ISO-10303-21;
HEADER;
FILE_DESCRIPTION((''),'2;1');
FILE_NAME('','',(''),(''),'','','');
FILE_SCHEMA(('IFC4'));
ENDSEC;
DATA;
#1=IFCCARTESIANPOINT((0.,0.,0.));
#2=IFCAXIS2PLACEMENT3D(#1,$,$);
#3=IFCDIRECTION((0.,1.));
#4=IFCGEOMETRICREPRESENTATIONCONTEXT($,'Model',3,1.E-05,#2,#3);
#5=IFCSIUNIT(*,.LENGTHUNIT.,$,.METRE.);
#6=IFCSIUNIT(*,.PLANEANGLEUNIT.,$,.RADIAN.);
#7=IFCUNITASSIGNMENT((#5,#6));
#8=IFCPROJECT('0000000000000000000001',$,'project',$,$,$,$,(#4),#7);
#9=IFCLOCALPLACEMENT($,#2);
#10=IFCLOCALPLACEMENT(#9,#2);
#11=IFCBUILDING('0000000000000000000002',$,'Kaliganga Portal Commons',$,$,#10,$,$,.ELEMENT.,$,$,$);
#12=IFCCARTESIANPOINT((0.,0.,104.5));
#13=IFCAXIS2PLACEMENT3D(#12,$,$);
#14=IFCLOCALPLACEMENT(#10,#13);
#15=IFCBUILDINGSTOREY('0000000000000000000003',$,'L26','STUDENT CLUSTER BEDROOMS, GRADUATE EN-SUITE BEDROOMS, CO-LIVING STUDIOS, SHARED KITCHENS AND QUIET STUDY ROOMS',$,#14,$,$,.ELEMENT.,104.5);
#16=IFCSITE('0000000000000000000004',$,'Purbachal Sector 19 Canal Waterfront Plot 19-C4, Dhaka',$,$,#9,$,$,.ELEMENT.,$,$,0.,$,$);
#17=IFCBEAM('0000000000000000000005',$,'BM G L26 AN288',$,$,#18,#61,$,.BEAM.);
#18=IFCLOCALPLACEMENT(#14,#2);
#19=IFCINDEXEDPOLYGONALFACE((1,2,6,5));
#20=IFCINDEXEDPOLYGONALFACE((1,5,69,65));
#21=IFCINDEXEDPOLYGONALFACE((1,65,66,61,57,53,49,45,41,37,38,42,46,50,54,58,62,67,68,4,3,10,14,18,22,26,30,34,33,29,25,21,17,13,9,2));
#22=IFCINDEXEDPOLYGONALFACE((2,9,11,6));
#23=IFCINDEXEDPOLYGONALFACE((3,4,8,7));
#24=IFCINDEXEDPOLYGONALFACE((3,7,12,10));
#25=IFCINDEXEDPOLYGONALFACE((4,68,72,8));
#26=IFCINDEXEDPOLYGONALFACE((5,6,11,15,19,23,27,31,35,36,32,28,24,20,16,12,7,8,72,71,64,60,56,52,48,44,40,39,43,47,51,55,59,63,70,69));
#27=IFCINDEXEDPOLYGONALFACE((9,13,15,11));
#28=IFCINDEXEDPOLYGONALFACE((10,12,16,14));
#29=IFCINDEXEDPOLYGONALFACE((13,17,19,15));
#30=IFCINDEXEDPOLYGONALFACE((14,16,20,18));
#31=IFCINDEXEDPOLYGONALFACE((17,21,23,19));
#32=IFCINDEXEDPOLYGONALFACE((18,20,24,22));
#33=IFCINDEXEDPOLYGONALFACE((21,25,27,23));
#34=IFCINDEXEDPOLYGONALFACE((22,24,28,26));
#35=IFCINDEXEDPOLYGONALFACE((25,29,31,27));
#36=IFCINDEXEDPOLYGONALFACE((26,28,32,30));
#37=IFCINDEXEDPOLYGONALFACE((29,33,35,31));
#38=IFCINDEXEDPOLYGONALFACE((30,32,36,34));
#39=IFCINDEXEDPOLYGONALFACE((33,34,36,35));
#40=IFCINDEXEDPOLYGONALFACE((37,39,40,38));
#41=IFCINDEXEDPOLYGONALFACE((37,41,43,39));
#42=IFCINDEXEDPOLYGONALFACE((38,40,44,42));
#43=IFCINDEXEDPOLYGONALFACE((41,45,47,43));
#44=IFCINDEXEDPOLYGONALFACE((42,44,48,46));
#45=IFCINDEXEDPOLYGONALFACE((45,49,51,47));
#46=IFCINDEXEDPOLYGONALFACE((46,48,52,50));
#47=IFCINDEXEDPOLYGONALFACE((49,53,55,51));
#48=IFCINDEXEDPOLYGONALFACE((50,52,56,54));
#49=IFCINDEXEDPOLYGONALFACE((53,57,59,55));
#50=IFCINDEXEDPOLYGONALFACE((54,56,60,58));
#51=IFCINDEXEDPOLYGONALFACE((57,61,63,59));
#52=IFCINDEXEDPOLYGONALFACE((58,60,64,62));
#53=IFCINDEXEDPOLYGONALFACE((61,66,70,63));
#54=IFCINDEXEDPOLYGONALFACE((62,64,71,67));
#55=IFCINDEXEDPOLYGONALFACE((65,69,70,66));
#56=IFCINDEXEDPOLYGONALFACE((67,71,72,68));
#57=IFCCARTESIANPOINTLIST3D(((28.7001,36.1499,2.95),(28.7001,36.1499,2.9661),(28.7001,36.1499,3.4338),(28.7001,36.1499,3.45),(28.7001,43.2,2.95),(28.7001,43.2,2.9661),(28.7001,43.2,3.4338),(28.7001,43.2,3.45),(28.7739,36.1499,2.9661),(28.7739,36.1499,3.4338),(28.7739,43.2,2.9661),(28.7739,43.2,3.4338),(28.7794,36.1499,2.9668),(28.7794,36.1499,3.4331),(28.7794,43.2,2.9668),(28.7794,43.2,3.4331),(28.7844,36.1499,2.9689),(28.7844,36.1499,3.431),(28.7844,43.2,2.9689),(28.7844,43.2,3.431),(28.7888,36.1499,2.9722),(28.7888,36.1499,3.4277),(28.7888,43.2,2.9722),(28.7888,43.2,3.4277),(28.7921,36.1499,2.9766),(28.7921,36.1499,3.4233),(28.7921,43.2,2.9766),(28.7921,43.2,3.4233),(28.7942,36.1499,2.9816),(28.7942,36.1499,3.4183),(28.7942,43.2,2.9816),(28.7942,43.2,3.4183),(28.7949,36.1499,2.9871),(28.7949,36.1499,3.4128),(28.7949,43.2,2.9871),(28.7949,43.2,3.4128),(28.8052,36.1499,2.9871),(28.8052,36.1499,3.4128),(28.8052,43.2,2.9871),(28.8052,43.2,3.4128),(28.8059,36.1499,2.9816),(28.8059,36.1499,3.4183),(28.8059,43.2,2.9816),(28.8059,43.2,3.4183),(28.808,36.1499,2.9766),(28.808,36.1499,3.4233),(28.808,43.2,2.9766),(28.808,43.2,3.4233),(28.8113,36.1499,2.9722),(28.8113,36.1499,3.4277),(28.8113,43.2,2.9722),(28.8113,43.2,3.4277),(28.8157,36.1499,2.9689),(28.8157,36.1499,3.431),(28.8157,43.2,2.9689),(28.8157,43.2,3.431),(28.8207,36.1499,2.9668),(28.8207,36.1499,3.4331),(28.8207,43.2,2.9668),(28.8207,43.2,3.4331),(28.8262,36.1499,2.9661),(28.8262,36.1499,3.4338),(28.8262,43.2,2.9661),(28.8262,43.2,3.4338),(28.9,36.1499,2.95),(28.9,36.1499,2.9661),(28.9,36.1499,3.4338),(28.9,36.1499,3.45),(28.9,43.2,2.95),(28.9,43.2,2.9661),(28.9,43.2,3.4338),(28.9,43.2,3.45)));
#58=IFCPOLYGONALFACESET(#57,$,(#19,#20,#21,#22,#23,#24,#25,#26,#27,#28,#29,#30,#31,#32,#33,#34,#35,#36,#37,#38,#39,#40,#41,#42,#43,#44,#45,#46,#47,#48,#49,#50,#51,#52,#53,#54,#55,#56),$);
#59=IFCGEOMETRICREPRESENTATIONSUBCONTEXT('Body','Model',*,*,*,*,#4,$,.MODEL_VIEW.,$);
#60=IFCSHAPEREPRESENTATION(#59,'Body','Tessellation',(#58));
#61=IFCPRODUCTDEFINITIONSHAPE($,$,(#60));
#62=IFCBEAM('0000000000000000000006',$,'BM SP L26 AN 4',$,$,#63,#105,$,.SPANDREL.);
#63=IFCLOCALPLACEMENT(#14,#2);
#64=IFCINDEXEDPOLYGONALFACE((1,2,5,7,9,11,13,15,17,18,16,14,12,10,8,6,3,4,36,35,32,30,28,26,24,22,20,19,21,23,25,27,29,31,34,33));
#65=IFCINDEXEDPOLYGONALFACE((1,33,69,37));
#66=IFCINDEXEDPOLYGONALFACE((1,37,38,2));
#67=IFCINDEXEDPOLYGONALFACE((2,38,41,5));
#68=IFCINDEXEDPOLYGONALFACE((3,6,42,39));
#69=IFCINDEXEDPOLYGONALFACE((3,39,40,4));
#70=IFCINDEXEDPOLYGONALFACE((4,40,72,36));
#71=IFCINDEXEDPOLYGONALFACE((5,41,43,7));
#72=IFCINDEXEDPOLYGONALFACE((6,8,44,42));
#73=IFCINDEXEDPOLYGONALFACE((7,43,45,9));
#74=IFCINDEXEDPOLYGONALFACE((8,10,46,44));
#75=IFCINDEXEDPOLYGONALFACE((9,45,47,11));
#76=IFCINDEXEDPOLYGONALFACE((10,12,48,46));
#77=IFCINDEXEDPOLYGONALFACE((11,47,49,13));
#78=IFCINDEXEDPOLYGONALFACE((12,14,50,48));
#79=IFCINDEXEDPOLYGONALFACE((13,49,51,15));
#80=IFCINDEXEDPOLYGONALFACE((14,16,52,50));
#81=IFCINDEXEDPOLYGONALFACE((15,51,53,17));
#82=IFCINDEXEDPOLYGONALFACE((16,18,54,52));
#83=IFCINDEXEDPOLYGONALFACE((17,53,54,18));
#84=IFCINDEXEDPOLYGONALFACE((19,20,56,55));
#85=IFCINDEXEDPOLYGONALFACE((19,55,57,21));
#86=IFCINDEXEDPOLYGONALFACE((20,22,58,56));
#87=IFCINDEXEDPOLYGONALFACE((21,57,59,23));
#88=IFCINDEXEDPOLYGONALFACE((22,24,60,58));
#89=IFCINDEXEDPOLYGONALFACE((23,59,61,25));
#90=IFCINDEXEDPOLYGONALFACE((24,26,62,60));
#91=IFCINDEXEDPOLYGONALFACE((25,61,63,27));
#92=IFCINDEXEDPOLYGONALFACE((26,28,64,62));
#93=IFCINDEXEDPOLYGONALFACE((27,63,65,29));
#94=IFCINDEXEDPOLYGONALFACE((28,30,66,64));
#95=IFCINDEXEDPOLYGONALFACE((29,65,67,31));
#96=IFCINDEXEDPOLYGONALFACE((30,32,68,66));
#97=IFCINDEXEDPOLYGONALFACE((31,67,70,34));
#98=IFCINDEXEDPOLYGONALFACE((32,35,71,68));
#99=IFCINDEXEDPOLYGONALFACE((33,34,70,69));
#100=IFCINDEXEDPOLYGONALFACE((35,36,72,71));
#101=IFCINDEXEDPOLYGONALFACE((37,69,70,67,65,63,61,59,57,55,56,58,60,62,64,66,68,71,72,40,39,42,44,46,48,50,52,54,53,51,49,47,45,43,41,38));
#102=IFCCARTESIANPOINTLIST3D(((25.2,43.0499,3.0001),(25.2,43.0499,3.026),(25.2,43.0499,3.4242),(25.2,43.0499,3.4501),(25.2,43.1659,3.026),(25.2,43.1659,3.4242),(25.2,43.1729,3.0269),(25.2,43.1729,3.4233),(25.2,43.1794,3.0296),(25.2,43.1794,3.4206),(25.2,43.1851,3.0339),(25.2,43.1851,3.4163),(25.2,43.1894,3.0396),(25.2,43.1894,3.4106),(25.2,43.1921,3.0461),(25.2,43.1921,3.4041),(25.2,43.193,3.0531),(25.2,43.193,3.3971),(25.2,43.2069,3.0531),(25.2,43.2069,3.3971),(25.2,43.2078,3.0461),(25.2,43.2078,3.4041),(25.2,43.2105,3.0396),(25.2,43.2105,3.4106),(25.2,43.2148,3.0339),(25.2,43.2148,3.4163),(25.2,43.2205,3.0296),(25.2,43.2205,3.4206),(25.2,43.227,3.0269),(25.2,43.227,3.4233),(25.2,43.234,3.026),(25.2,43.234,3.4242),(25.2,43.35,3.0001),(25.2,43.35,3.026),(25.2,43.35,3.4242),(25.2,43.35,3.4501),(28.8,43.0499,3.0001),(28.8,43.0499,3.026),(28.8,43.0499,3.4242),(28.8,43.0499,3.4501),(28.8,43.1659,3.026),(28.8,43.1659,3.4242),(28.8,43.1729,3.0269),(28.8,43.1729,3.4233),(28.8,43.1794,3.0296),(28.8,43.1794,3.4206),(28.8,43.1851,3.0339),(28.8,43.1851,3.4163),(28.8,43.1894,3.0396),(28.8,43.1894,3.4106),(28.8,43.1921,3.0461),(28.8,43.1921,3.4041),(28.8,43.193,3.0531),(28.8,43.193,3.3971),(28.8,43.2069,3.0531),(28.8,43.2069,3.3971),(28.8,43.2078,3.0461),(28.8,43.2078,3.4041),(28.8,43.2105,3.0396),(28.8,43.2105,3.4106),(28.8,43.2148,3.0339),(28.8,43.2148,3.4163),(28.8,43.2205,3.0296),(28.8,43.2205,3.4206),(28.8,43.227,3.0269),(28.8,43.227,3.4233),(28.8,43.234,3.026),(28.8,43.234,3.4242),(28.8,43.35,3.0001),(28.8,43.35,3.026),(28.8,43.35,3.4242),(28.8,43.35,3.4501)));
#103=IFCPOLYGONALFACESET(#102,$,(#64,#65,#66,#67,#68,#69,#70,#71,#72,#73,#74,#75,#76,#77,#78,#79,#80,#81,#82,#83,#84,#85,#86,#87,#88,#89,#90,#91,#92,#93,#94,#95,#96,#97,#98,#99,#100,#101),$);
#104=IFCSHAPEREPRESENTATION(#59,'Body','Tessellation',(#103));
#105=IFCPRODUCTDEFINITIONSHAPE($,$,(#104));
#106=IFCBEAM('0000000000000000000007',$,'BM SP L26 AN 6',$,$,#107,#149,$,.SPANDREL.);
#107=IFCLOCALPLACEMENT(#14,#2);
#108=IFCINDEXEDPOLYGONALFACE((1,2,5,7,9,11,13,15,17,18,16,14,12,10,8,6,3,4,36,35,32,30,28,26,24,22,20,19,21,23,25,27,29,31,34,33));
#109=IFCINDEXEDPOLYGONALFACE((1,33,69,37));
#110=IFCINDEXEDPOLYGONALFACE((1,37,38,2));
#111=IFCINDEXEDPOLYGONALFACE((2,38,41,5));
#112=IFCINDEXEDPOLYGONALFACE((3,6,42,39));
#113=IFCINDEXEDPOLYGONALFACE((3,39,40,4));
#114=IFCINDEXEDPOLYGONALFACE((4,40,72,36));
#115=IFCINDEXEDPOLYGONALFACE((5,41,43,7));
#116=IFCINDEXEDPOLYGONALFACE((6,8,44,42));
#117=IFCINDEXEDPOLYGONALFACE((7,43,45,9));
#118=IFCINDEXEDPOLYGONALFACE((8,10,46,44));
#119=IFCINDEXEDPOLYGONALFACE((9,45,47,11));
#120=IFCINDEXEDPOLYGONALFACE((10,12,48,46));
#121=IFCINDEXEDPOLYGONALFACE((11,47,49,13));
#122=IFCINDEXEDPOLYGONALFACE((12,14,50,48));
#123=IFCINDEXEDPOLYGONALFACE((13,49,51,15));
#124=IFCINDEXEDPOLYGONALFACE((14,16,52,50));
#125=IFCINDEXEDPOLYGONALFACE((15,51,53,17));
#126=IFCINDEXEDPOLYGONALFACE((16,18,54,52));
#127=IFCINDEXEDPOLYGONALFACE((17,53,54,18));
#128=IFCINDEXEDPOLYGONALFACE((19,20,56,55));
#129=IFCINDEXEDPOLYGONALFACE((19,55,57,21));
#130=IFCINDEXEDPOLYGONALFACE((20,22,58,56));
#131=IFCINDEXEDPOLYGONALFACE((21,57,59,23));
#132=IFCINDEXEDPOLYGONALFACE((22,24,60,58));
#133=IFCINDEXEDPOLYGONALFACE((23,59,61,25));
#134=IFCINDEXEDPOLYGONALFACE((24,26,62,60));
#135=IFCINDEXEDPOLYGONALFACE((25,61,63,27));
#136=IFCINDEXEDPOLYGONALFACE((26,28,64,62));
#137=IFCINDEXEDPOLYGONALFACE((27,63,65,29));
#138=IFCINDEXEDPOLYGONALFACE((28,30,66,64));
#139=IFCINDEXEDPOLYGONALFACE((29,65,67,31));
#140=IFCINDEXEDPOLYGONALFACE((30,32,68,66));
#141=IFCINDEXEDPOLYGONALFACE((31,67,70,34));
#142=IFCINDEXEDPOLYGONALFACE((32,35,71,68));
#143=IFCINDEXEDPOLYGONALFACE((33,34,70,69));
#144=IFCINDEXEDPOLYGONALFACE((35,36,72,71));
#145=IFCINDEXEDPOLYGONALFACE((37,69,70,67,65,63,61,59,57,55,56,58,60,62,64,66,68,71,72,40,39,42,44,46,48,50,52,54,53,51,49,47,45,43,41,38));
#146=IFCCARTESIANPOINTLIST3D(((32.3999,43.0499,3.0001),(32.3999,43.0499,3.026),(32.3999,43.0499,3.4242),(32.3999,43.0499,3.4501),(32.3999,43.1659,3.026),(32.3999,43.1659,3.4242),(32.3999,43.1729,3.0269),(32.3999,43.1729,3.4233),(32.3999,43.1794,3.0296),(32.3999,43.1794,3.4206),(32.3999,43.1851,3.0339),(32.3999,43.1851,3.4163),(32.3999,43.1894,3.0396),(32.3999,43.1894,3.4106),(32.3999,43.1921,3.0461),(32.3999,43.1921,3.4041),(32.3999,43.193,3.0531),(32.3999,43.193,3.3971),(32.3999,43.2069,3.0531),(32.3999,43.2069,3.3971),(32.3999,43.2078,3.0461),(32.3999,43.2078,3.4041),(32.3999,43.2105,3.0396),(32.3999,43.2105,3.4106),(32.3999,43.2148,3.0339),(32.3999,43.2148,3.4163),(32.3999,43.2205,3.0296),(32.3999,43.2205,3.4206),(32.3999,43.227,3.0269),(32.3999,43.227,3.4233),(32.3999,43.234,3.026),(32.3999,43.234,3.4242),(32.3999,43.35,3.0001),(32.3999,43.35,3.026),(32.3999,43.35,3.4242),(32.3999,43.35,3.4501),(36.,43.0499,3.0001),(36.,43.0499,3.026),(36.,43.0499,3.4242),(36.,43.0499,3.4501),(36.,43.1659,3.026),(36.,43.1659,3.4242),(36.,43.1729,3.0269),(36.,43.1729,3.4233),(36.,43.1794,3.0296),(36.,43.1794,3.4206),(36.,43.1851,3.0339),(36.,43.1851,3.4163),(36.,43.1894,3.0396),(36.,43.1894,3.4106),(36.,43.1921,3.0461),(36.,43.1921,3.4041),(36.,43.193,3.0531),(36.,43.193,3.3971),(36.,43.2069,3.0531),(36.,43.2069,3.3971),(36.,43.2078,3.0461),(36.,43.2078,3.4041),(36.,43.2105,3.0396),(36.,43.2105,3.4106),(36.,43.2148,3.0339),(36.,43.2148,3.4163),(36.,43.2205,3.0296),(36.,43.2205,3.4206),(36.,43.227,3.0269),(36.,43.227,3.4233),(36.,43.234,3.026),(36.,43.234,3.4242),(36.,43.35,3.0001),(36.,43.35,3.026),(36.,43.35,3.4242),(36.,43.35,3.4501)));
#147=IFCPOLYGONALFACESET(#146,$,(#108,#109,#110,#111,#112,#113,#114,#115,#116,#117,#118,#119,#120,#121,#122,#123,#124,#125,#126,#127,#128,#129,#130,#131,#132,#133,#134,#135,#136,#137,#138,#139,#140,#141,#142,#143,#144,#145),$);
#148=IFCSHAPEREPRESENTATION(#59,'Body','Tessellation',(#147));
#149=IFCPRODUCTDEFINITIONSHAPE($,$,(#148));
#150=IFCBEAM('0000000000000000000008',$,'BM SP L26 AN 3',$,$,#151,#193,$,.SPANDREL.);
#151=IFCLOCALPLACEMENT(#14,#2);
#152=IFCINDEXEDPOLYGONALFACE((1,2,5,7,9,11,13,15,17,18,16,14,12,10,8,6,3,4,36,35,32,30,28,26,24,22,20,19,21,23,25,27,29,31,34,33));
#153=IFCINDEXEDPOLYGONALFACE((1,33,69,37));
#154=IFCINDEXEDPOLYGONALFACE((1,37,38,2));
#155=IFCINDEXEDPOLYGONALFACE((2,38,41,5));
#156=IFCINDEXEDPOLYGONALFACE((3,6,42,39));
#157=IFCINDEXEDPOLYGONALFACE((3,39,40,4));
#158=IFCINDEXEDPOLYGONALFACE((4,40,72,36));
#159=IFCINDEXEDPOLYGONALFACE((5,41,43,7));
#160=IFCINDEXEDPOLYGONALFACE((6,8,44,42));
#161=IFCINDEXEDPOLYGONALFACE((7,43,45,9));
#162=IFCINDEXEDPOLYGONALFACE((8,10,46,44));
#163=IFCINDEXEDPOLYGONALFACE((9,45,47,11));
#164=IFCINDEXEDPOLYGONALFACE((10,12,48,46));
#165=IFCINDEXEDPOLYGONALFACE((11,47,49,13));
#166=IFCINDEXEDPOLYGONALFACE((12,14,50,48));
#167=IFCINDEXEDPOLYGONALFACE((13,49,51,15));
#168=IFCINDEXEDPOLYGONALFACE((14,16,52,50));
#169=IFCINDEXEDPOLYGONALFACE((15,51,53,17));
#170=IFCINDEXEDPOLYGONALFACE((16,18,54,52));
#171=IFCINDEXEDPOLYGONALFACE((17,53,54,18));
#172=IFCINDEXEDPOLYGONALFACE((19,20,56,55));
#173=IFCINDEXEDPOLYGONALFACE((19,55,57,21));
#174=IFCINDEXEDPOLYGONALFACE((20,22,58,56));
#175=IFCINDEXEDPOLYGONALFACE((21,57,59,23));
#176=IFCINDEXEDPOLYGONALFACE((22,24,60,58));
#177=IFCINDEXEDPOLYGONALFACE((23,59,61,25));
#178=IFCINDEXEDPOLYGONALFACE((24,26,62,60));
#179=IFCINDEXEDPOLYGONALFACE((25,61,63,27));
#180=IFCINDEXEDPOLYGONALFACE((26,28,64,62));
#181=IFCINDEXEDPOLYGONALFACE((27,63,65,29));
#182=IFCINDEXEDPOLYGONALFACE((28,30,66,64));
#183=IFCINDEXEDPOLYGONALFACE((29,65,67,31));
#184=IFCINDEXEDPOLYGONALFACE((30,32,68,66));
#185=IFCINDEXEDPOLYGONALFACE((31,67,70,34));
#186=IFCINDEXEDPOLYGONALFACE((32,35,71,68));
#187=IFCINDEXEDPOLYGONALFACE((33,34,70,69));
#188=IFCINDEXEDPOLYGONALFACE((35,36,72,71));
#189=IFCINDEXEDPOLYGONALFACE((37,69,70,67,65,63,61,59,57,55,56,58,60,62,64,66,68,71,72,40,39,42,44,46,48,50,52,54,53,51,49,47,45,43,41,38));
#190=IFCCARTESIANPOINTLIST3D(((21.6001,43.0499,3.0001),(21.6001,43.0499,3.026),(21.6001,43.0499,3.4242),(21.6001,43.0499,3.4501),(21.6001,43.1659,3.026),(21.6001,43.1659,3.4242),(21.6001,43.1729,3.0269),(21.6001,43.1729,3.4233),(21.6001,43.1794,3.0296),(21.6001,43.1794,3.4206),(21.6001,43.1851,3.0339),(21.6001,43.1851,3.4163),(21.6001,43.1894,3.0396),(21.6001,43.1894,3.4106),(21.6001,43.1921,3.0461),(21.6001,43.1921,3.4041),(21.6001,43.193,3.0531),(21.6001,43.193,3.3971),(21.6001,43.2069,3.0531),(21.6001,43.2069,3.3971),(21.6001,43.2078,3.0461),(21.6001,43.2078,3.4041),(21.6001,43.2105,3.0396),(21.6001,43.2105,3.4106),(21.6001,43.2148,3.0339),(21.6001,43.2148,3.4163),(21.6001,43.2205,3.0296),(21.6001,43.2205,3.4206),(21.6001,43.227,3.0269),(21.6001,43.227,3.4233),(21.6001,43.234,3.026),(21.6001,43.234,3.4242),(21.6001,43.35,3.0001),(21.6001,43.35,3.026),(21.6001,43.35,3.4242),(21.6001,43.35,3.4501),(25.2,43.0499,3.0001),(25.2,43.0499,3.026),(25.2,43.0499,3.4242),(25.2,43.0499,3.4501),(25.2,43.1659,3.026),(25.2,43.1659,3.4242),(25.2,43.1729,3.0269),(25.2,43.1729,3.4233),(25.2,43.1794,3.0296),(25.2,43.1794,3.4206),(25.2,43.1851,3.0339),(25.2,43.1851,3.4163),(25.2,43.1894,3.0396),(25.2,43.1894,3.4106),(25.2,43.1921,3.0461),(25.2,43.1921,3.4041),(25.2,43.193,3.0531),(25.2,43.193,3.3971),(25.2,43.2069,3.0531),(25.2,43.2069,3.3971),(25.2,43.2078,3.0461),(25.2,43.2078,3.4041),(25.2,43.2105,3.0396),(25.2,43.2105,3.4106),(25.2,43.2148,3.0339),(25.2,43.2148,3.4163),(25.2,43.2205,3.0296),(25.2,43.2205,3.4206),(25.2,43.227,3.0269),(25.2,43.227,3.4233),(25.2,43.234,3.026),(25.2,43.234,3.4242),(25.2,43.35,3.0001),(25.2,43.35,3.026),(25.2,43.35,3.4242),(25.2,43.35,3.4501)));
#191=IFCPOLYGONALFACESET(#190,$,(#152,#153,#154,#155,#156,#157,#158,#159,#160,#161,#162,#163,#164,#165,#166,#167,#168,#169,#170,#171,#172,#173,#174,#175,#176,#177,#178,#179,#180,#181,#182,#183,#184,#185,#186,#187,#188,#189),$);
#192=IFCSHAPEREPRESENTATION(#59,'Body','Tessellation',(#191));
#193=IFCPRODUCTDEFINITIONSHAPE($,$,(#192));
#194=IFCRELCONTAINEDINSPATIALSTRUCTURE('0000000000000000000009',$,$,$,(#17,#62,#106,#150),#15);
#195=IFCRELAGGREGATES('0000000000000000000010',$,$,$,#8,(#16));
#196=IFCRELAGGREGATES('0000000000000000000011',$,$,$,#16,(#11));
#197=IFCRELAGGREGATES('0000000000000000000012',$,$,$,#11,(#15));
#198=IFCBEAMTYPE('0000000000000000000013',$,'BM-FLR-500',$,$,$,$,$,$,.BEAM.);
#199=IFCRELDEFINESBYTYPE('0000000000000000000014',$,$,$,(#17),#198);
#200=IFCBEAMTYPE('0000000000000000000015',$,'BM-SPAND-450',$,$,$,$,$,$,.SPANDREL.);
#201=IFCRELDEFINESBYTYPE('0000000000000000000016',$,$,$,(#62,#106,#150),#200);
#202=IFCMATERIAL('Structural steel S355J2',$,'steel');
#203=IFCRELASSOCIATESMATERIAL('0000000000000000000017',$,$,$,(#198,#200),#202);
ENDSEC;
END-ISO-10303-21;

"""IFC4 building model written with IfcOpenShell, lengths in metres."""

from ifc_helpers import new_model, si_unit, direction, frame, origin, origin_2d, place, context, subcontext, project, spatial, i_section, extrude, source, transform, mapped, material, material_profile, profile_set, type_object, element, save


model = new_model("IFC4")

# Units and contexts
model_context = context("Model", 3, precision=1e-05, world=origin(), true_north=direction((0.0, 1.0)))
body_context = subcontext(model_context, "Body", "Model", "MODEL_VIEW")
ifc_project = project(units=[si_unit("LENGTHUNIT", "METRE"), si_unit("PLANEANGLEUNIT", "RADIAN")], contexts=[model_context])

# Site, building, storey
site_placement = place(None, origin())
site = spatial("IfcSite", under=ifc_project, at=site_placement, Name="Purbachal Sector 19 Canal Waterfront Plot 19-C4, Dhaka", CompositionType="ELEMENT", RefElevation=0.0)
building_placement = place(site_placement, origin())
building = spatial("IfcBuilding", under=site, at=building_placement, Name="Kaliganga Portal Commons", CompositionType="ELEMENT")
storey_placement = place(building_placement, frame((0.0, 0.0, 104.5)))
storey = spatial("IfcBuildingStorey", under=building, at=storey_placement, Name="L26", Description="STUDENT CLUSTER BEDROOMS, GRADUATE EN-SUITE BEDROOMS, CO-LIVING STUDIOS, SHARED KITCHENS AND QUIET STUDY ROOMS", CompositionType="ELEMENT", Elevation=104.5)

# Beams
ifc_material_1 = material(Name="Structural steel S355J2", Category="steel")
ifc_material_profile_1 = material_profile(ifc_material_1, i_section(OverallWidth=0.2, OverallDepth=0.5, WebThickness=0.0103, FlangeThickness=0.0161, FilletRadius=0.021, at=origin_2d()), Name="IPE 500")
ifc_profile_set_1 = profile_set([ifc_material_profile_1], Name="Structural steel S355J2 wide-flange")
beam_type_1 = type_object("IfcBeamType", Name="BM-FLR-500", PredefinedType="BEAM", material=ifc_profile_set_1)
shared_shape_1 = source(origin(), body_context, "Body", "SweptSolid", [
    extrude(i_section(OverallWidth=0.2, OverallDepth=0.5, WebThickness=0.0103, FlangeThickness=0.0161, FilletRadius=0.021, at=origin_2d()), origin(), (0.0, 0.0, 1.0), 7.05),
])
beam_1_placement = place(storey_placement, frame((28.8, 36.1499, 3.2), z_axis=(0.0, 1.0, 0.0), x_axis=(-1.0, 0.0, 0.0)))
element("IfcBeam", 1, at=beam_1_placement, inside=storey, type_object=beam_type_1, Name="BM G L26 AN288", PredefinedType="BEAM", context=body_context, shape_type="MappedRepresentation", body=[
    mapped(shared_shape_1, transform((0.0, 0.0, 0.0), x_axis=(1.0, 0.0, 0.0), y_axis=(0.0, 1.0, 0.0), z_axis=(0.0, 0.0, 1.0), scale=1.0)),
])
ifc_material_profile_2 = material_profile(ifc_material_1, i_section(OverallWidth=0.3, OverallDepth=0.45, WebThickness=0.0139, FlangeThickness=0.0259, FilletRadius=0.0271, at=origin_2d()), Name="HE 450 B")
ifc_profile_set_2 = profile_set([ifc_material_profile_2], Name="Structural steel S355J2 wide-flange")
beam_type_2 = type_object("IfcBeamType", Name="BM-SPAND-450", PredefinedType="SPANDREL", material=ifc_profile_set_2)
shared_shape_2 = source(origin(), body_context, "Body", "SweptSolid", [
    extrude(i_section(OverallWidth=0.3, OverallDepth=0.45, WebThickness=0.0139, FlangeThickness=0.0259, FilletRadius=0.0271, at=origin_2d()), origin(), (0.0, 0.0, 1.0), 3.6001),
])
for number, where, z_axis, x_axis, name in (
    (2, (25.2, 43.2, 3.2251), (1.0, 0.0, 0.0), (0.0, 1.0, 0.0), "BM SP L26 AN 4"),
    (3, (32.3999, 43.2, 3.2251), (1.0, 0.0, 0.0), (0.0, 1.0, 0.0), "BM SP L26 AN 6"),
):
    element("IfcBeam", number, at=place(storey_placement, frame(where, z_axis=z_axis, x_axis=x_axis)), inside=storey, type_object=beam_type_2, Name=name, PredefinedType="SPANDREL", context=body_context, shape_type="MappedRepresentation", body=[
        mapped(shared_shape_2, transform((0.0, 0.0, 0.0), x_axis=(1.0, 0.0, 0.0), y_axis=(0.0, 1.0, 0.0), z_axis=(0.0, 0.0, 1.0), scale=1.0)),
    ])
shared_shape_3 = source(origin(), body_context, "Body", "SweptSolid", [
    extrude(i_section(OverallWidth=0.3, OverallDepth=0.45, WebThickness=0.0139, FlangeThickness=0.0259, FilletRadius=0.0271, at=origin_2d()), origin(), (0.0, 0.0, 1.0), 3.5999),
])
for number, where, z_axis, x_axis, name in (
    (4, (21.6001, 43.2, 3.2251), (1.0, 0.0, 0.0), (0.0, 1.0, 0.0), "BM SP L26 AN 3"),
):
    element("IfcBeam", number, at=place(storey_placement, frame(where, z_axis=z_axis, x_axis=x_axis)), inside=storey, type_object=beam_type_2, Name=name, PredefinedType="SPANDREL", context=body_context, shape_type="MappedRepresentation", body=[
        mapped(shared_shape_3, transform((0.0, 0.0, 0.0), x_axis=(1.0, 0.0, 0.0), y_axis=(0.0, 1.0, 0.0), z_axis=(0.0, 0.0, 1.0), scale=1.0)),
    ])

save(model, "model.ifc")
